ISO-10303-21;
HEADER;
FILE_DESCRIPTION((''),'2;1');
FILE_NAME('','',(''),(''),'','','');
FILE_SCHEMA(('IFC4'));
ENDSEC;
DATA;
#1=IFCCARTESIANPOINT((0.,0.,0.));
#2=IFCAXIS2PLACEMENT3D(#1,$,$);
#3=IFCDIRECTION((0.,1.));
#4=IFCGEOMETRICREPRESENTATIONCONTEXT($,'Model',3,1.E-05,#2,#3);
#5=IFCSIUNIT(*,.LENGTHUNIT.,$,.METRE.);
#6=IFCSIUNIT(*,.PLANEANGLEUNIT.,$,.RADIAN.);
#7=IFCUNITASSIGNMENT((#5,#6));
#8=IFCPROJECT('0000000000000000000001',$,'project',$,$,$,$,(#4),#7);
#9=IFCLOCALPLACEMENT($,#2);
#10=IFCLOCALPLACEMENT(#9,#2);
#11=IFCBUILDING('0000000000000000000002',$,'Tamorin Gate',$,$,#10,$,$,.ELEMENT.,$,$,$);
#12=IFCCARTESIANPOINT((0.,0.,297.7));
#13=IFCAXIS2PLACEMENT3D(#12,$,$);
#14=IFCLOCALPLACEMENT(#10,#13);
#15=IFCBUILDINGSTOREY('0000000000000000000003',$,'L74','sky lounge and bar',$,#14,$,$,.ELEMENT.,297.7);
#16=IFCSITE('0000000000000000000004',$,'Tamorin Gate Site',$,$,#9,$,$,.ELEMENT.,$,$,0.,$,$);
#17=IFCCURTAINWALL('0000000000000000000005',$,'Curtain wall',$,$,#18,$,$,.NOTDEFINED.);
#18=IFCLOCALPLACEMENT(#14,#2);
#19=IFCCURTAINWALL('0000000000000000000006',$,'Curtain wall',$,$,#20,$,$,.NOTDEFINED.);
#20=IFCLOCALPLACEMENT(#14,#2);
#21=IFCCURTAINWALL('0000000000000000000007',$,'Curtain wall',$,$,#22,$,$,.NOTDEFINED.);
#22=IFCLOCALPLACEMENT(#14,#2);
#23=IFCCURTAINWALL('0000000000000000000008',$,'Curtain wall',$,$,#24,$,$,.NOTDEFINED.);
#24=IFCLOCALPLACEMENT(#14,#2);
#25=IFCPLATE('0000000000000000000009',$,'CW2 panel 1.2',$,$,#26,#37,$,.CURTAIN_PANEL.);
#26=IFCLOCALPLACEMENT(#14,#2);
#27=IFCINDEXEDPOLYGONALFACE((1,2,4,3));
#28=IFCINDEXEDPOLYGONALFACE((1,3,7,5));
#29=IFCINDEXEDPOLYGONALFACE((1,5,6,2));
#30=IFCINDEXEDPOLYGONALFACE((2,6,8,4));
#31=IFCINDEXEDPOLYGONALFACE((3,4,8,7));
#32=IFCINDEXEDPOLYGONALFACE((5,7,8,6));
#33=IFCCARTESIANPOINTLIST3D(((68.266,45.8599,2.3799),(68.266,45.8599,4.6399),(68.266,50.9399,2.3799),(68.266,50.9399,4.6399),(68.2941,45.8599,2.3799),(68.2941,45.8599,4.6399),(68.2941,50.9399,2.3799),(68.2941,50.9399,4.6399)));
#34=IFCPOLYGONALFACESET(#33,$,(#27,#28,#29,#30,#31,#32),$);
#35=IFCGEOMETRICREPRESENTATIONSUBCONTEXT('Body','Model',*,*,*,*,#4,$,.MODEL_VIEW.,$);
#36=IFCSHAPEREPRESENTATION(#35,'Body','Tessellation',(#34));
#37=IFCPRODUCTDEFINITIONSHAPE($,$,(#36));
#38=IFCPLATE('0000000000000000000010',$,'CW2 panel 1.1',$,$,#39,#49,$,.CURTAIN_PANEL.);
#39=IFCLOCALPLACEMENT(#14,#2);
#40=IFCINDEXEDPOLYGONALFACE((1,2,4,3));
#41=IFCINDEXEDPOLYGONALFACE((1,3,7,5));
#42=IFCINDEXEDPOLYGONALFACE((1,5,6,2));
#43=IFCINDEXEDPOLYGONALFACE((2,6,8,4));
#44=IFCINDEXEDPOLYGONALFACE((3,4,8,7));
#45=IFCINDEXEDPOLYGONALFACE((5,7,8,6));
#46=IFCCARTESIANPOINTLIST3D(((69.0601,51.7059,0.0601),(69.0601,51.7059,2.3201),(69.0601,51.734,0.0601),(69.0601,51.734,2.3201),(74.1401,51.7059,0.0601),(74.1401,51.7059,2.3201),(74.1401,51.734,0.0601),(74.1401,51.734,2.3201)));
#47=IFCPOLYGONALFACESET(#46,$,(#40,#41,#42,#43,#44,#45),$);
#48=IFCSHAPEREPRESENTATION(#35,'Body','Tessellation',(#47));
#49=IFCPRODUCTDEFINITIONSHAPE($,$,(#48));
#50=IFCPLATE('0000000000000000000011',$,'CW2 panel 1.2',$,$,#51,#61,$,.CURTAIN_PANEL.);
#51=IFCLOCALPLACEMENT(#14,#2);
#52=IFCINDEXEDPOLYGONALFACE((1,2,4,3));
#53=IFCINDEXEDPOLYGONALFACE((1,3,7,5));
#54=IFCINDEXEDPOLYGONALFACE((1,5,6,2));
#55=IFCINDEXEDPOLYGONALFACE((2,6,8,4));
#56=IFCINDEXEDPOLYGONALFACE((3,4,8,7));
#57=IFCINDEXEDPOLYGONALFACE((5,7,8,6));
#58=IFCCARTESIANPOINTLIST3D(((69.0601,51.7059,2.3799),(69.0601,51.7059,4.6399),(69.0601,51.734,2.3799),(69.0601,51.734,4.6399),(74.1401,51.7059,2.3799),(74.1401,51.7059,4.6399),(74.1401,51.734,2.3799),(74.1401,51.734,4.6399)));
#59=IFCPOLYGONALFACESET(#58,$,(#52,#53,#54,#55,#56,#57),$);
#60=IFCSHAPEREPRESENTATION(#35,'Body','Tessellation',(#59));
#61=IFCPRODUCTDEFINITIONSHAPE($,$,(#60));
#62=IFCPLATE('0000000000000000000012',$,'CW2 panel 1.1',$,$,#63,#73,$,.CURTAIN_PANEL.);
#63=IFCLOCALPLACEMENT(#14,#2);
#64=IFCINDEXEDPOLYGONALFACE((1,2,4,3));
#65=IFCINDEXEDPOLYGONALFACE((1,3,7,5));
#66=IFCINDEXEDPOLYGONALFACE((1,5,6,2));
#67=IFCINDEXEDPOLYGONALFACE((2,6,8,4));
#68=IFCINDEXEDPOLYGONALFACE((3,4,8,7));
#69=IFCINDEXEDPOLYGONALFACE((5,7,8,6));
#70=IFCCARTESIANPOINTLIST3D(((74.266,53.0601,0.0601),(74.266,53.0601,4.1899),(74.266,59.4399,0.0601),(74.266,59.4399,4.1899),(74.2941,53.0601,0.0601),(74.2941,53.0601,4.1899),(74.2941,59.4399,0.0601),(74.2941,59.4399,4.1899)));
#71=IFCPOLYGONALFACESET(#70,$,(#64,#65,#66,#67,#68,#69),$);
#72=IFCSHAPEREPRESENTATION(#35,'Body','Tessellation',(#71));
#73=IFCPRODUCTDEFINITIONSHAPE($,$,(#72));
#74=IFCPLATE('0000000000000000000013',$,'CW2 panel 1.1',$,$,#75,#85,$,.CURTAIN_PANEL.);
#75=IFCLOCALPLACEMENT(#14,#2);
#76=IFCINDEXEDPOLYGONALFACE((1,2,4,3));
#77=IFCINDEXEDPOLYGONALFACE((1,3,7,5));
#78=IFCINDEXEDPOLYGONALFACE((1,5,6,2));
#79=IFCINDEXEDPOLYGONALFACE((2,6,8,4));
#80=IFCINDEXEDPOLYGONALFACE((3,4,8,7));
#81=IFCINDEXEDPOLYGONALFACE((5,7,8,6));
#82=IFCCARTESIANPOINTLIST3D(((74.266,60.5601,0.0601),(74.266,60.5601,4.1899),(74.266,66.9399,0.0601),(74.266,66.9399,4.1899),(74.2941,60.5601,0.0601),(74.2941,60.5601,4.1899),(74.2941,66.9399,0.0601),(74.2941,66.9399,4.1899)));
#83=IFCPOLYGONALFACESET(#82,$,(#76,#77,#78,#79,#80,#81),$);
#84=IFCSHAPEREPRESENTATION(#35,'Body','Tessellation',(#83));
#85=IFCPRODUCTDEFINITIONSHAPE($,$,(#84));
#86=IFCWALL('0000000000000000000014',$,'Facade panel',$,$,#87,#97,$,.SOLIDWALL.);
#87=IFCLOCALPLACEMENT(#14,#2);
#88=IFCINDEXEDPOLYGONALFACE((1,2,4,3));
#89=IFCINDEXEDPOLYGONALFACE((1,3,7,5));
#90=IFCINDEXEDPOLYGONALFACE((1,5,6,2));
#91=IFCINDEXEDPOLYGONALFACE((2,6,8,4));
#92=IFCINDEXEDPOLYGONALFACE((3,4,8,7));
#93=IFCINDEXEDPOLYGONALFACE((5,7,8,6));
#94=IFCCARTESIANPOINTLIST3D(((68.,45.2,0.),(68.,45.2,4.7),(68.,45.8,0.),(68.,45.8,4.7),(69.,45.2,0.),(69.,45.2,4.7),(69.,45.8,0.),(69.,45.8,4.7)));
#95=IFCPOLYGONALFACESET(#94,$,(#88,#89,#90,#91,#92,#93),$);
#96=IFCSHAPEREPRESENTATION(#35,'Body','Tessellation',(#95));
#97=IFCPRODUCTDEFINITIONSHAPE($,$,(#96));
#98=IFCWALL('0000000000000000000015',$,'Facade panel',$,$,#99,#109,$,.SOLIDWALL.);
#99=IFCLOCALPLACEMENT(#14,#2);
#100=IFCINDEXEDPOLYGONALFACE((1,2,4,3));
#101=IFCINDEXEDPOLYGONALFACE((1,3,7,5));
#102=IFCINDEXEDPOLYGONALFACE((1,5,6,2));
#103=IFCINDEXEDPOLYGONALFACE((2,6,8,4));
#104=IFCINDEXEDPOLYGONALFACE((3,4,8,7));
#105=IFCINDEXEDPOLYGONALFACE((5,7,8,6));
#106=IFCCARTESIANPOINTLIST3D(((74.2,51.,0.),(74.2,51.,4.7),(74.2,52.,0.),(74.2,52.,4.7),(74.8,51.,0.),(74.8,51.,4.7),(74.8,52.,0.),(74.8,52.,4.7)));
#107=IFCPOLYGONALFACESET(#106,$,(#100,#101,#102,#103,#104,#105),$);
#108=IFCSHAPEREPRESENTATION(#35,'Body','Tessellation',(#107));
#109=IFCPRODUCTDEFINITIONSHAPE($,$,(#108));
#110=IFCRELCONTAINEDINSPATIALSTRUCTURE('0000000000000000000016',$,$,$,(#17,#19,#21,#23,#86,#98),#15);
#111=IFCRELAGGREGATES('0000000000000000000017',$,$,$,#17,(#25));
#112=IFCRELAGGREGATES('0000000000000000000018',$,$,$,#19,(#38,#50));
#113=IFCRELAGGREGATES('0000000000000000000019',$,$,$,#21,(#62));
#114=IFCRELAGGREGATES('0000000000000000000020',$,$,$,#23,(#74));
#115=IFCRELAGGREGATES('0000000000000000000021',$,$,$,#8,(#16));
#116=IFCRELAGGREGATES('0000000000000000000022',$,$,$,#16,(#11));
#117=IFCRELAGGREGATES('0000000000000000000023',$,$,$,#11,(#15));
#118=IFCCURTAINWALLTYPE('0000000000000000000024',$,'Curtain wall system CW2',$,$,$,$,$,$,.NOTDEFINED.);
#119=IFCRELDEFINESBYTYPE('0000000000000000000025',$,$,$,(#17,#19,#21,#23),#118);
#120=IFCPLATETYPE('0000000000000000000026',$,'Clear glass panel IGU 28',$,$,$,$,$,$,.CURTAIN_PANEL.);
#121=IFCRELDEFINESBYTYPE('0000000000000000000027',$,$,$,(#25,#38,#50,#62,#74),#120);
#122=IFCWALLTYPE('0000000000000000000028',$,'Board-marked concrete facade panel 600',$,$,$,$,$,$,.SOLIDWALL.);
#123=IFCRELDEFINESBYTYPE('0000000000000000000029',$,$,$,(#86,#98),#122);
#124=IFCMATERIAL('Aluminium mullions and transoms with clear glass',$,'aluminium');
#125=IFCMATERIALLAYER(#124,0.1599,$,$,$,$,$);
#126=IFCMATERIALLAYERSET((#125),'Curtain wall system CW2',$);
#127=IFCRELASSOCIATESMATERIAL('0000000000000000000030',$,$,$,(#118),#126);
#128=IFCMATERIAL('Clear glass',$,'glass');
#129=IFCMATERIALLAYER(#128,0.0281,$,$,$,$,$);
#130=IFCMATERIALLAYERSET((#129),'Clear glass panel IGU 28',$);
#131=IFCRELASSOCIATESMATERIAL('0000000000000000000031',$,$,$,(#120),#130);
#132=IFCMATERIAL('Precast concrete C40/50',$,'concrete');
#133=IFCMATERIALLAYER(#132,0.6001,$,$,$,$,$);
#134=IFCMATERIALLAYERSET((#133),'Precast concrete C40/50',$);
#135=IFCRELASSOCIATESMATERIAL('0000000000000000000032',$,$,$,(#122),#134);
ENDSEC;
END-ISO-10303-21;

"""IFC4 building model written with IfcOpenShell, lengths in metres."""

from ifc_helpers import new_model, si_unit, direction, frame, frame_2d, origin, origin_2d, place, context, subcontext, project, spatial, rectangle, extrude, material, layer, layer_set, type_object, element, aggregate, save


model = new_model("IFC4")

# Units and contexts
model_context = context("Model", 3, precision=1e-05, world=origin(), true_north=direction((0.0, 1.0)))
body_context = subcontext(model_context, "Body", "Model", "MODEL_VIEW")
ifc_project = project(units=[si_unit("LENGTHUNIT", "METRE"), si_unit("PLANEANGLEUNIT", "RADIAN")], contexts=[model_context])

# Site, building, storey
site_placement = place(None, origin())
site = spatial("IfcSite", under=ifc_project, at=site_placement, Name="Tamorin Gate Site", CompositionType="ELEMENT", RefElevation=0.0)
building_placement = place(site_placement, origin())
building = spatial("IfcBuilding", under=site, at=building_placement, Name="Tamorin Gate", CompositionType="ELEMENT")
storey_placement = place(building_placement, frame((0.0, 0.0, 297.7)))
storey = spatial("IfcBuildingStorey", under=building, at=storey_placement, Name="L74", Description="sky lounge and bar", CompositionType="ELEMENT", Elevation=297.7)

# Shared definitions
ifc_material_1 = material(Name="Aluminium mullions and transoms with clear glass", Category="aluminium")
ifc_layer_1 = layer(ifc_material_1, 0.1599)
ifc_layer_set_1 = layer_set([ifc_layer_1], Name="Curtain wall system CW2")
curtain_wall_type = type_object("IfcCurtainWallType", Name="Curtain wall system CW2", PredefinedType="NOTDEFINED", material=ifc_layer_set_1)

# Curtain walls
curtain_wall_1_placement = place(storey_placement, origin())
curtain_wall_1 = element("IfcCurtainWall", 1, at=curtain_wall_1_placement, inside=storey, type_object=curtain_wall_type, Name="Curtain wall", PredefinedType="NOTDEFINED")
curtain_wall_2_placement = place(storey_placement, origin())
curtain_wall_2 = element("IfcCurtainWall", 2, at=curtain_wall_2_placement, inside=storey, type_object=curtain_wall_type, Name="Curtain wall", PredefinedType="NOTDEFINED")
curtain_wall_3_placement = place(storey_placement, origin())
curtain_wall_3 = element("IfcCurtainWall", 3, at=curtain_wall_3_placement, inside=storey, type_object=curtain_wall_type, Name="Curtain wall", PredefinedType="NOTDEFINED")
curtain_wall_4_placement = place(storey_placement, origin())
curtain_wall_4 = element("IfcCurtainWall", 4, at=curtain_wall_4_placement, inside=storey, type_object=curtain_wall_type, Name="Curtain wall", PredefinedType="NOTDEFINED")

# Plates
ifc_material_2 = material(Name="Clear glass", Category="glass")
ifc_layer_2 = layer(ifc_material_2, 0.0281)
ifc_layer_set_2 = layer_set([ifc_layer_2], Name="Clear glass panel IGU 28")
plate_type = type_object("IfcPlateType", Name="Clear glass panel IGU 28", PredefinedType="CURTAIN_PANEL", material=ifc_layer_set_2)
plate_1_placement = place(storey_placement, frame((68.28, 48.3999, 2.3799), z_axis=(0.0, 0.0, 1.0), x_axis=(0.0, 1.0, 0.0)))
plate_1 = element("IfcPlate", 5, at=plate_1_placement, type_object=plate_type, Name="CW2 panel 1.2", PredefinedType="CURTAIN_PANEL", context=body_context, shape_type="SweptSolid", body=[
    extrude(rectangle(XDim=5.0801, YDim=0.0281, at=origin_2d()), origin(), (0.0, 0.0, 1.0), 2.26),
])
aggregate(curtain_wall_1, [plate_1])
plate_2_placement = place(storey_placement, frame((71.6001, 51.72, 0.0601), z_axis=(0.0, 0.0, 1.0), x_axis=(1.0, 0.0, 0.0)))
plate_2 = element("IfcPlate", 6, at=plate_2_placement, type_object=plate_type, Name="CW2 panel 1.1", PredefinedType="CURTAIN_PANEL", context=body_context, shape_type="SweptSolid", body=[
    extrude(rectangle(XDim=5.0801, YDim=0.0281, at=origin_2d()), origin(), (0.0, 0.0, 1.0), 2.26),
])
plate_3_placement = place(storey_placement, frame((71.6001, 51.72, 2.3799), z_axis=(0.0, 0.0, 1.0), x_axis=(1.0, 0.0, 0.0)))
plate_3 = element("IfcPlate", 7, at=plate_3_placement, type_object=plate_type, Name="CW2 panel 1.2", PredefinedType="CURTAIN_PANEL", context=body_context, shape_type="SweptSolid", body=[
    extrude(rectangle(XDim=5.0801, YDim=0.0281, at=origin_2d()), origin(), (0.0, 0.0, 1.0), 2.26),
])
aggregate(curtain_wall_2, [plate_2, plate_3])
plate_4_placement = place(storey_placement, frame((74.28, 56.25, 0.0601), z_axis=(0.0, 0.0, 1.0), x_axis=(0.0, 1.0, 0.0)))
plate_4 = element("IfcPlate", 8, at=plate_4_placement, type_object=plate_type, Name="CW2 panel 1.1", PredefinedType="CURTAIN_PANEL", context=body_context, shape_type="SweptSolid", body=[
    extrude(rectangle(XDim=6.3799, YDim=0.0281, at=origin_2d()), origin(), (0.0, 0.0, 1.0), 4.1299),
])
aggregate(curtain_wall_3, [plate_4])
plate_5_placement = place(storey_placement, frame((74.28, 63.75, 0.0601), z_axis=(0.0, 0.0, 1.0), x_axis=(0.0, 1.0, 0.0)))
plate_5 = element("IfcPlate", 9, at=plate_5_placement, type_object=plate_type, Name="CW2 panel 1.1", PredefinedType="CURTAIN_PANEL", context=body_context, shape_type="SweptSolid", body=[
    extrude(rectangle(XDim=6.3799, YDim=0.0281, at=origin_2d()), origin(), (0.0, 0.0, 1.0), 4.1299),
])
aggregate(curtain_wall_4, [plate_5])

# Walls
ifc_material_3 = material(Name="Precast concrete C40/50", Category="concrete")
ifc_layer_3 = layer(ifc_material_3, 0.6001)
ifc_layer_set_3 = layer_set([ifc_layer_3], Name="Precast concrete C40/50")
wall_type = type_object("IfcWallType", Name="Board-marked concrete facade panel 600", PredefinedType="SOLIDWALL", material=ifc_layer_set_3)
for number, where, z_axis, x_axis, name in (
    (10, (68.0, 45.5, 0.0), (0.0, 0.0, 1.0), (1.0, 0.0, 0.0), "Facade panel"),
    (11, (74.5, 51.0, 0.0), (0.0, 0.0, 1.0), (0.0, 1.0, 0.0), "Facade panel"),
):
    element("IfcWall", number, at=place(storey_placement, frame(where, z_axis=z_axis, x_axis=x_axis)), inside=storey, type_object=wall_type, Name=name, PredefinedType="SOLIDWALL", context=body_context, shape_type="SweptSolid", body=[
        extrude(rectangle(XDim=1.0, YDim=0.6001, at=frame_2d((0.5, 0.0))), origin(), (0.0, 0.0, 1.0), 4.7),
    ])

save(model, "model.ifc")
